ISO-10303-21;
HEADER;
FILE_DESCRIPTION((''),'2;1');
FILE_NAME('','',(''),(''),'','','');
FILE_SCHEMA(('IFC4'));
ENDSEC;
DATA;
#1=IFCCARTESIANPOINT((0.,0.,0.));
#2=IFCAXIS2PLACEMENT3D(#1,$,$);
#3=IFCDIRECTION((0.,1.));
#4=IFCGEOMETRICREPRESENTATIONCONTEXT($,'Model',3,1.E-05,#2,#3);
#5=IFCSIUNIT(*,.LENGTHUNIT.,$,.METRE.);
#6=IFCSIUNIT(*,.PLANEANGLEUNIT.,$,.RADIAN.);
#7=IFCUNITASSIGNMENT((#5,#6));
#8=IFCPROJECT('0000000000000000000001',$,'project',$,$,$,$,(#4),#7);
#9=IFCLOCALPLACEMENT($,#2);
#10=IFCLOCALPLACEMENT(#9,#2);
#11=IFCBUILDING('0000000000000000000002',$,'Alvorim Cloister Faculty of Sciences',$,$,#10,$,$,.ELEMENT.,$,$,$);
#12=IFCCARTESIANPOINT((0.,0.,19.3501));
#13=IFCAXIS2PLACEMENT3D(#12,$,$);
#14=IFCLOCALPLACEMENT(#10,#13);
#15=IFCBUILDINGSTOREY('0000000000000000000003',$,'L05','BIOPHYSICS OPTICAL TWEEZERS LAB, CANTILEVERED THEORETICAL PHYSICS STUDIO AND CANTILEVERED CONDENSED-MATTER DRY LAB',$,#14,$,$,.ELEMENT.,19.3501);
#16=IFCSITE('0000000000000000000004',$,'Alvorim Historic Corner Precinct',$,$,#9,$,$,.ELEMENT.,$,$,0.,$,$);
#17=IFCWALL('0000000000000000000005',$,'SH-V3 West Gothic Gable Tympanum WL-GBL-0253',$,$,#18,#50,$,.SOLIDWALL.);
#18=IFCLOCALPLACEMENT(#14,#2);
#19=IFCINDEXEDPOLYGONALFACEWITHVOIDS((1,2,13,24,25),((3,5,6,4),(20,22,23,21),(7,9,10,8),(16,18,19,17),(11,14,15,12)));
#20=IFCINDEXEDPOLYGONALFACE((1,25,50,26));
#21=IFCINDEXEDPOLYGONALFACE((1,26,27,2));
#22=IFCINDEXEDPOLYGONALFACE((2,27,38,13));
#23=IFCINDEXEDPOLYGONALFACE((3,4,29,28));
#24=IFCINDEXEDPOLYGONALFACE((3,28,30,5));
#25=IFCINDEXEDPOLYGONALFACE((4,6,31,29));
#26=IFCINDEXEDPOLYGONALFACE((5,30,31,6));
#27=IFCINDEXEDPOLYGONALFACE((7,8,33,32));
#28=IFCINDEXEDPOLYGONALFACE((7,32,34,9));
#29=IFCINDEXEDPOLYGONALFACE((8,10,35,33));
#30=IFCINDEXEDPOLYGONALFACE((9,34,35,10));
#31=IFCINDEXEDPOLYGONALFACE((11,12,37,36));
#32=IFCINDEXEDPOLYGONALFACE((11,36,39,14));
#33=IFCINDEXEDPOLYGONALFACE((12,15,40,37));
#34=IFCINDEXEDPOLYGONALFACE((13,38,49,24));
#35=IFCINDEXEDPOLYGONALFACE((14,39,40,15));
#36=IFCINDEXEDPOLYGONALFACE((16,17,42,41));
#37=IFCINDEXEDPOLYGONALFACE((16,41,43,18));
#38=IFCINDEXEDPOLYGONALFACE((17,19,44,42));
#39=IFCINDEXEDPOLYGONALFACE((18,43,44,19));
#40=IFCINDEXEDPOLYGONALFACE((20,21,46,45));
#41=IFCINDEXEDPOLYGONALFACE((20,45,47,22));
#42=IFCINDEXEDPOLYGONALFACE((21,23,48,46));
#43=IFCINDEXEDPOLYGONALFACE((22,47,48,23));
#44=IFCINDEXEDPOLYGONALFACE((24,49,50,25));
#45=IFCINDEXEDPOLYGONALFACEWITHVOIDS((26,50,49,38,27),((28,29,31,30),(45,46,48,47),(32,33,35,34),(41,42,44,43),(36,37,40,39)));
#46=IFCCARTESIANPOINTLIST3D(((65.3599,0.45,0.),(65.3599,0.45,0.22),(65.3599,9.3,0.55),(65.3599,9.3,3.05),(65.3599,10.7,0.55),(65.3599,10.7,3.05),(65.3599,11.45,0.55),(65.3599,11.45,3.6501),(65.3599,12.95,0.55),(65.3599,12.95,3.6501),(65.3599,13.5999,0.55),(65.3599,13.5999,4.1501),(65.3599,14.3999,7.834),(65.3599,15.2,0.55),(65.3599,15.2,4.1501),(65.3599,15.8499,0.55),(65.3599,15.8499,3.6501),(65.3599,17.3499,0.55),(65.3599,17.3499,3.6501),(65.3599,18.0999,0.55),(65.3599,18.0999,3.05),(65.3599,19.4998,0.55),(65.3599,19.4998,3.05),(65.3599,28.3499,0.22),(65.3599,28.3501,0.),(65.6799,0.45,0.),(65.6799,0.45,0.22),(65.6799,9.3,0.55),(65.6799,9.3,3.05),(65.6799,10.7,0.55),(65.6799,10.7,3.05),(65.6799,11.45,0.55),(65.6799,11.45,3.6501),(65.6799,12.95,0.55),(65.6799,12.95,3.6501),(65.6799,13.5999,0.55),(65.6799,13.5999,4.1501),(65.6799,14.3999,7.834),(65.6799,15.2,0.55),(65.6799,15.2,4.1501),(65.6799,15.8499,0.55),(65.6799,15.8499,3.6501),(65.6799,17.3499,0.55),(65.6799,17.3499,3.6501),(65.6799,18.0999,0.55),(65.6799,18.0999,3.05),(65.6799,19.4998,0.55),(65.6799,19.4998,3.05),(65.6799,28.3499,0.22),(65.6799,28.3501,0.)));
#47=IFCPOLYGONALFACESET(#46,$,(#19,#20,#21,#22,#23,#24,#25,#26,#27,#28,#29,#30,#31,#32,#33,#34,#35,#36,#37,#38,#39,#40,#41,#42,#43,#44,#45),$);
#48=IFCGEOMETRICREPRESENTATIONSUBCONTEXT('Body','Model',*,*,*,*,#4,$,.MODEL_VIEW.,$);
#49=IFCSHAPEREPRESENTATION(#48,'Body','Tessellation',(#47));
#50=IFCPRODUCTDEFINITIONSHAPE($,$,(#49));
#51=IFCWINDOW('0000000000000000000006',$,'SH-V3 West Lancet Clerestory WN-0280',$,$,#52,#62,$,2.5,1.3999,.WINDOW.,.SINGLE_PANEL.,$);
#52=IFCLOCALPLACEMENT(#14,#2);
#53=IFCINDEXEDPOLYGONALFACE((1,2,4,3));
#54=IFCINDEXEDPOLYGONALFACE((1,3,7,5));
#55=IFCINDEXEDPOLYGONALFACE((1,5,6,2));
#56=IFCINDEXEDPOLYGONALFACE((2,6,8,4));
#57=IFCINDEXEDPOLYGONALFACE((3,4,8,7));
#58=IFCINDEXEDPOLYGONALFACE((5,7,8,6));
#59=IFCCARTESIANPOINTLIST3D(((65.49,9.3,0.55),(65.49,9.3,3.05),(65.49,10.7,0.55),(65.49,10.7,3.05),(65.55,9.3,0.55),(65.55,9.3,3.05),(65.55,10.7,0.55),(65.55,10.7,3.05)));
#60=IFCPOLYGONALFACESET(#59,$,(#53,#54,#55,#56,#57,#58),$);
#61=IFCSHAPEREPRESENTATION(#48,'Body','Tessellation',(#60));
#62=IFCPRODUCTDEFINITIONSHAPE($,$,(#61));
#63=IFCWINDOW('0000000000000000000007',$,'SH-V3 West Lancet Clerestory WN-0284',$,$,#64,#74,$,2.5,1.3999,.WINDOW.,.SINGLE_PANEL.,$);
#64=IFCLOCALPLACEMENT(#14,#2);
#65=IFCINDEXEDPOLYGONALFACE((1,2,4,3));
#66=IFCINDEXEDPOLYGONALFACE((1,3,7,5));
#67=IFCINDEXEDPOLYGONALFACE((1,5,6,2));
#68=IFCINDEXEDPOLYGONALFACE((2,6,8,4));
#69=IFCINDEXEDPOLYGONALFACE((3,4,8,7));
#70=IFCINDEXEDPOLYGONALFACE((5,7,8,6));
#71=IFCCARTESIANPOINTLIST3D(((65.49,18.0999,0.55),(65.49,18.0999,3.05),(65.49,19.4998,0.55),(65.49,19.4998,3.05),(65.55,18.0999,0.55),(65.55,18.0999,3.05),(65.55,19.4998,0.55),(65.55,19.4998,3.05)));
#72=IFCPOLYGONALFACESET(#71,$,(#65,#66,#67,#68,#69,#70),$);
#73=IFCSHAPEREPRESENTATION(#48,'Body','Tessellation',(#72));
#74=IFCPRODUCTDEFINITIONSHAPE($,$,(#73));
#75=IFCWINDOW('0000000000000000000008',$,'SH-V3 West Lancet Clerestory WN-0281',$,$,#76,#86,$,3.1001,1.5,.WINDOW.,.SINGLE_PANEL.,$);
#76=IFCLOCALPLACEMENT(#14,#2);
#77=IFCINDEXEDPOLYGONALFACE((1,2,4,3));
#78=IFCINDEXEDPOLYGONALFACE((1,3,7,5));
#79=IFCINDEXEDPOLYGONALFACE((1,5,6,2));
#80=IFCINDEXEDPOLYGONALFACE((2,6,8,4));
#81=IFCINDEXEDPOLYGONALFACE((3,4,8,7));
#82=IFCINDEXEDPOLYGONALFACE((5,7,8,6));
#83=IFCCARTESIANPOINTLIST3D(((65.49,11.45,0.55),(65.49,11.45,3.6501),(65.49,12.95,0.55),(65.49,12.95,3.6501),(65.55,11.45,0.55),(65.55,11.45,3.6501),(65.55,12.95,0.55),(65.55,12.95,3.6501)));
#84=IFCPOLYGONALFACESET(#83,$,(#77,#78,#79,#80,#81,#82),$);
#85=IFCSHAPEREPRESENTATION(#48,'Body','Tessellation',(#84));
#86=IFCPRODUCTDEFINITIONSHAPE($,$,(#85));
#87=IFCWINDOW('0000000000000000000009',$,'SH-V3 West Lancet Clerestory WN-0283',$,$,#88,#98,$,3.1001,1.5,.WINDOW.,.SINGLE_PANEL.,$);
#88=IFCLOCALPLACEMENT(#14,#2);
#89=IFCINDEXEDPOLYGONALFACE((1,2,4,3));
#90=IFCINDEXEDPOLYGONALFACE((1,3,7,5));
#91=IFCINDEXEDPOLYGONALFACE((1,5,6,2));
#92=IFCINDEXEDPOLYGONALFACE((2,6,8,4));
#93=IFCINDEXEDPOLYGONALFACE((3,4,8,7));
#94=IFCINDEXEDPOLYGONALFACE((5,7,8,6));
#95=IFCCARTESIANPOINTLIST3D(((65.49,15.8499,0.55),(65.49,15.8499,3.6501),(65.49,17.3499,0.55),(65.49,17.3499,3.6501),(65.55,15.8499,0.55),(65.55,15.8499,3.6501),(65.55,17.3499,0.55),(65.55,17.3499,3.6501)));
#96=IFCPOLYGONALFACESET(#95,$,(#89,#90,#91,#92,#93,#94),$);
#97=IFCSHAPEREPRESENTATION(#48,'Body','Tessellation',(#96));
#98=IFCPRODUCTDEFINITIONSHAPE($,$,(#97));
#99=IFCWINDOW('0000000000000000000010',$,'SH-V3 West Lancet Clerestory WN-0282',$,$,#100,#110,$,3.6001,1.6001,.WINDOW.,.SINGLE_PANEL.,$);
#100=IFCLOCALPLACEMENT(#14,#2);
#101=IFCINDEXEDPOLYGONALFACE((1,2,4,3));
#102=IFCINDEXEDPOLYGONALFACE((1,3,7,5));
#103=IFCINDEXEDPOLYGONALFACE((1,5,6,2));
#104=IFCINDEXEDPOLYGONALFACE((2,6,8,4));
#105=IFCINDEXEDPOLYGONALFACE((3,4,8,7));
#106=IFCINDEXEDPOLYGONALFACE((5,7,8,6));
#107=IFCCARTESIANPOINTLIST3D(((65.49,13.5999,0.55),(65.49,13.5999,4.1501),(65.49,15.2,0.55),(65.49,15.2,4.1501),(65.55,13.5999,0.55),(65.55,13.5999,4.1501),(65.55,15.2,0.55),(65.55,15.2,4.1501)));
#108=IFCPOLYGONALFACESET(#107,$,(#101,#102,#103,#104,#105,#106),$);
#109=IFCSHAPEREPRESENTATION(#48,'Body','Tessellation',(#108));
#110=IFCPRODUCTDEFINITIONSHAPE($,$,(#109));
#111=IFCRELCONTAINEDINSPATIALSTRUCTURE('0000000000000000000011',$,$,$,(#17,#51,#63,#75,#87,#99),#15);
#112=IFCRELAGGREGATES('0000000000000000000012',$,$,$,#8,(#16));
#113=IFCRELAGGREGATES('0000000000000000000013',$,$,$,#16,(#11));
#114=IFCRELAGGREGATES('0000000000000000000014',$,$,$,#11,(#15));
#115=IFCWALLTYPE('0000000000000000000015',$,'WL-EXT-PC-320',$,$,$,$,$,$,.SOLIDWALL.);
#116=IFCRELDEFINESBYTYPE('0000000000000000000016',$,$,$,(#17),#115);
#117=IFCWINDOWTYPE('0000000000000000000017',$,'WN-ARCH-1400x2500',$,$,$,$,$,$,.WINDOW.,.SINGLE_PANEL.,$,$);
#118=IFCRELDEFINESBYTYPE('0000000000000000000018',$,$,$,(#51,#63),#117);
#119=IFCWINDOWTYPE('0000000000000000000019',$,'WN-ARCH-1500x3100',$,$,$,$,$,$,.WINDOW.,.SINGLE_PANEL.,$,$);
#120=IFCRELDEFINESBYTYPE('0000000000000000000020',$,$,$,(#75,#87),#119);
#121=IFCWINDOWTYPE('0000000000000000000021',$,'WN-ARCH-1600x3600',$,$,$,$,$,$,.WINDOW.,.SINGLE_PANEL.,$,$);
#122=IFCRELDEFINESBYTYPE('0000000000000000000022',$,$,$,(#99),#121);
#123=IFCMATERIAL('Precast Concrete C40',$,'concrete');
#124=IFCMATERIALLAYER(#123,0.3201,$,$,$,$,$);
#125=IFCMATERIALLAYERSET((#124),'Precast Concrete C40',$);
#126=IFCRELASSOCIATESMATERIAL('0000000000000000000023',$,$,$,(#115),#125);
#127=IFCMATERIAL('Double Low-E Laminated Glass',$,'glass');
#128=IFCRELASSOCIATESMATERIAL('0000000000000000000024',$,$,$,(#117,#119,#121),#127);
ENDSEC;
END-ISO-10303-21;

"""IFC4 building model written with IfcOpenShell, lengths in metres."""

from ifc_helpers import new_model, si_unit, direction, frame, frame_2d, origin, place, context, subcontext, project, spatial, polyline, rectangle, outline, extrude, material, layer, layer_set, type_object, element, fill, save


model = new_model("IFC4")

# Units and contexts
model_context = context("Model", 3, precision=1e-05, world=origin(), true_north=direction((0.0, 1.0)))
body_context = subcontext(model_context, "Body", "Model", "MODEL_VIEW")
ifc_project = project(units=[si_unit("LENGTHUNIT", "METRE"), si_unit("PLANEANGLEUNIT", "RADIAN")], contexts=[model_context])

# Site, building, storey
site_placement = place(None, origin())
site = spatial("IfcSite", under=ifc_project, at=site_placement, Name="Alvorim Historic Corner Precinct", CompositionType="ELEMENT", RefElevation=0.0)
building_placement = place(site_placement, origin())
building = spatial("IfcBuilding", under=site, at=building_placement, Name="Alvorim Cloister Faculty of Sciences", CompositionType="ELEMENT")
storey_placement = place(building_placement, frame((0.0, 0.0, 19.3501)))
storey = spatial("IfcBuildingStorey", under=building, at=storey_placement, Name="L05", Description="BIOPHYSICS OPTICAL TWEEZERS LAB, CANTILEVERED THEORETICAL PHYSICS STUDIO AND CANTILEVERED CONDENSED-MATTER DRY LAB", CompositionType="ELEMENT", Elevation=19.3501)

# Wall, openings, windows
ifc_material_1 = material(Name="Precast Concrete C40", Category="concrete")
ifc_layer_1 = layer(ifc_material_1, 0.3201)
ifc_layer_set_1 = layer_set([ifc_layer_1], Name="Precast Concrete C40")
wall_type = type_object("IfcWallType", Name="WL-EXT-PC-320", PredefinedType="SOLIDWALL", material=ifc_layer_set_1)
wall_placement = place(storey_placement, frame((65.52, 0.45, 0.0), z_axis=(0.0, 0.0, 1.0), x_axis=(0.0, 1.0, 0.0)))
wall = element("IfcWall", 1, at=wall_placement, inside=storey, type_object=wall_type, Name="SH-V3 West Gothic Gable Tympanum WL-GBL-0253", PredefinedType="SOLIDWALL", context=body_context, shape_type="SweptSolid", body=[
    extrude(outline(polyline([(0.0, 0.0), (27.9001, 0.0), (27.8999, 0.22), (13.95, 7.834), (0.0, 0.22), (0.0, 0.0)])), frame((0.0, 0.1602, 0.0), z_axis=(0.0, -1.0, 0.0), x_axis=(1.0, 0.0, 0.0)), (0.0, 0.0, 1.0), 0.3201),
])
opening_1_placement = place(wall_placement, frame((8.8501, 0.0, 0.55)))
opening_1 = element("IfcOpeningElement", 2, at=opening_1_placement, cuts=wall, PredefinedType="OPENING", context=body_context, shape_type="SweptSolid", body=[
    extrude(rectangle(XDim=1.3999, YDim=2.5, at=frame_2d((0.7, 1.25))), frame((0.0, 0.1719, 0.0), z_axis=(0.0, -1.0, 0.0), x_axis=(1.0, 0.0, 0.0)), (0.0, 0.0, 1.0), 0.344),
])
opening_2_placement = place(wall_placement, frame((11.0, 0.0, 0.55)))
opening_2 = element("IfcOpeningElement", 3, at=opening_2_placement, cuts=wall, PredefinedType="OPENING", context=body_context, shape_type="SweptSolid", body=[
    extrude(rectangle(XDim=1.5, YDim=3.1001, at=frame_2d((0.75, 1.55))), frame((0.0, 0.1719, 0.0), z_axis=(0.0, -1.0, 0.0), x_axis=(1.0, 0.0, 0.0)), (0.0, 0.0, 1.0), 0.344),
])
opening_3_placement = place(wall_placement, frame((13.1499, 0.0, 0.55)))
opening_3 = element("IfcOpeningElement", 4, at=opening_3_placement, cuts=wall, PredefinedType="OPENING", context=body_context, shape_type="SweptSolid", body=[
    extrude(rectangle(XDim=1.6001, YDim=3.6001, at=frame_2d((0.8, 1.8))), frame((0.0, 0.1719, 0.0), z_axis=(0.0, -1.0, 0.0), x_axis=(1.0, 0.0, 0.0)), (0.0, 0.0, 1.0), 0.344),
])
opening_4_placement = place(wall_placement, frame((15.3999, 0.0, 0.55)))
opening_4 = element("IfcOpeningElement", 5, at=opening_4_placement, cuts=wall, PredefinedType="OPENING", context=body_context, shape_type="SweptSolid", body=[
    extrude(rectangle(XDim=1.5, YDim=3.1001, at=frame_2d((0.75, 1.55))), frame((0.0, 0.1719, 0.0), z_axis=(0.0, -1.0, 0.0), x_axis=(1.0, 0.0, 0.0)), (0.0, 0.0, 1.0), 0.344),
])
opening_5_placement = place(wall_placement, frame((17.6499, 0.0, 0.55)))
opening_5 = element("IfcOpeningElement", 6, at=opening_5_placement, cuts=wall, PredefinedType="OPENING", context=body_context, shape_type="SweptSolid", body=[
    extrude(rectangle(XDim=1.3999, YDim=2.5, at=frame_2d((0.7, 1.25))), frame((0.0, 0.1719, 0.0), z_axis=(0.0, -1.0, 0.0), x_axis=(1.0, 0.0, 0.0)), (0.0, 0.0, 1.0), 0.344),
])
ifc_material_2 = material(Name="Double Low-E Laminated Glass", Category="glass")
window_type_1 = type_object("IfcWindowType", Name="WN-ARCH-1400x2500", PartitioningType="SINGLE_PANEL", PredefinedType="WINDOW", material=ifc_material_2)
window_1_placement = place(opening_1_placement, origin())
window_1 = element("IfcWindow", 7, at=window_1_placement, inside=storey, type_object=window_type_1, Name="SH-V3 West Lancet Clerestory WN-0280", OverallHeight=2.5, OverallWidth=1.3999, PartitioningType="SINGLE_PANEL", PredefinedType="WINDOW", context=body_context, shape_type="SweptSolid", body=[
    extrude(rectangle(XDim=1.3999, YDim=2.5, at=frame_2d((0.7, 1.25))), frame((0.0, 0.03, 0.0), z_axis=(0.0, -1.0, 0.0), x_axis=(1.0, 0.0, 0.0)), (0.0, 0.0, 1.0), 0.0601),
])
fill(opening_1, window_1)
window_2_placement = place(opening_5_placement, origin())
window_2 = element("IfcWindow", 8, at=window_2_placement, inside=storey, type_object=window_type_1, Name="SH-V3 West Lancet Clerestory WN-0284", OverallHeight=2.5, OverallWidth=1.3999, PartitioningType="SINGLE_PANEL", PredefinedType="WINDOW", context=body_context, shape_type="SweptSolid", body=[
    extrude(rectangle(XDim=1.3999, YDim=2.5, at=frame_2d((0.7, 1.25))), frame((0.0, 0.03, 0.0), z_axis=(0.0, -1.0, 0.0), x_axis=(1.0, 0.0, 0.0)), (0.0, 0.0, 1.0), 0.0601),
])
fill(opening_5, window_2)
window_type_2 = type_object("IfcWindowType", Name="WN-ARCH-1500x3100", PartitioningType="SINGLE_PANEL", PredefinedType="WINDOW", material=ifc_material_2)
window_3_placement = place(opening_2_placement, origin())
window_3 = element("IfcWindow", 9, at=window_3_placement, inside=storey, type_object=window_type_2, Name="SH-V3 West Lancet Clerestory WN-0281", OverallHeight=3.1001, OverallWidth=1.5, PartitioningType="SINGLE_PANEL", PredefinedType="WINDOW", context=body_context, shape_type="SweptSolid", body=[
    extrude(rectangle(XDim=1.5, YDim=3.1001, at=frame_2d((0.75, 1.55))), frame((0.0, 0.03, 0.0), z_axis=(0.0, -1.0, 0.0), x_axis=(1.0, 0.0, 0.0)), (0.0, 0.0, 1.0), 0.0601),
])
fill(opening_2, window_3)
window_4_placement = place(opening_4_placement, origin())
window_4 = element("IfcWindow", 10, at=window_4_placement, inside=storey, type_object=window_type_2, Name="SH-V3 West Lancet Clerestory WN-0283", OverallHeight=3.1001, OverallWidth=1.5, PartitioningType="SINGLE_PANEL", PredefinedType="WINDOW", context=body_context, shape_type="SweptSolid", body=[
    extrude(rectangle(XDim=1.5, YDim=3.1001, at=frame_2d((0.75, 1.55))), frame((0.0, 0.03, 0.0), z_axis=(0.0, -1.0, 0.0), x_axis=(1.0, 0.0, 0.0)), (0.0, 0.0, 1.0), 0.0601),
])
fill(opening_4, window_4)
window_type_3 = type_object("IfcWindowType", Name="WN-ARCH-1600x3600", PartitioningType="SINGLE_PANEL", PredefinedType="WINDOW", material=ifc_material_2)
window_5_placement = place(opening_3_placement, origin())
window_5 = element("IfcWindow", 11, at=window_5_placement, inside=storey, type_object=window_type_3, Name="SH-V3 West Lancet Clerestory WN-0282", OverallHeight=3.6001, OverallWidth=1.6001, PartitioningType="SINGLE_PANEL", PredefinedType="WINDOW", context=body_context, shape_type="SweptSolid", body=[
    extrude(rectangle(XDim=1.6001, YDim=3.6001, at=frame_2d((0.8, 1.8))), frame((0.0, 0.03, 0.0), z_axis=(0.0, -1.0, 0.0), x_axis=(1.0, 0.0, 0.0)), (0.0, 0.0, 1.0), 0.0601),
])
fill(opening_3, window_5)

save(model, "model.ifc")
